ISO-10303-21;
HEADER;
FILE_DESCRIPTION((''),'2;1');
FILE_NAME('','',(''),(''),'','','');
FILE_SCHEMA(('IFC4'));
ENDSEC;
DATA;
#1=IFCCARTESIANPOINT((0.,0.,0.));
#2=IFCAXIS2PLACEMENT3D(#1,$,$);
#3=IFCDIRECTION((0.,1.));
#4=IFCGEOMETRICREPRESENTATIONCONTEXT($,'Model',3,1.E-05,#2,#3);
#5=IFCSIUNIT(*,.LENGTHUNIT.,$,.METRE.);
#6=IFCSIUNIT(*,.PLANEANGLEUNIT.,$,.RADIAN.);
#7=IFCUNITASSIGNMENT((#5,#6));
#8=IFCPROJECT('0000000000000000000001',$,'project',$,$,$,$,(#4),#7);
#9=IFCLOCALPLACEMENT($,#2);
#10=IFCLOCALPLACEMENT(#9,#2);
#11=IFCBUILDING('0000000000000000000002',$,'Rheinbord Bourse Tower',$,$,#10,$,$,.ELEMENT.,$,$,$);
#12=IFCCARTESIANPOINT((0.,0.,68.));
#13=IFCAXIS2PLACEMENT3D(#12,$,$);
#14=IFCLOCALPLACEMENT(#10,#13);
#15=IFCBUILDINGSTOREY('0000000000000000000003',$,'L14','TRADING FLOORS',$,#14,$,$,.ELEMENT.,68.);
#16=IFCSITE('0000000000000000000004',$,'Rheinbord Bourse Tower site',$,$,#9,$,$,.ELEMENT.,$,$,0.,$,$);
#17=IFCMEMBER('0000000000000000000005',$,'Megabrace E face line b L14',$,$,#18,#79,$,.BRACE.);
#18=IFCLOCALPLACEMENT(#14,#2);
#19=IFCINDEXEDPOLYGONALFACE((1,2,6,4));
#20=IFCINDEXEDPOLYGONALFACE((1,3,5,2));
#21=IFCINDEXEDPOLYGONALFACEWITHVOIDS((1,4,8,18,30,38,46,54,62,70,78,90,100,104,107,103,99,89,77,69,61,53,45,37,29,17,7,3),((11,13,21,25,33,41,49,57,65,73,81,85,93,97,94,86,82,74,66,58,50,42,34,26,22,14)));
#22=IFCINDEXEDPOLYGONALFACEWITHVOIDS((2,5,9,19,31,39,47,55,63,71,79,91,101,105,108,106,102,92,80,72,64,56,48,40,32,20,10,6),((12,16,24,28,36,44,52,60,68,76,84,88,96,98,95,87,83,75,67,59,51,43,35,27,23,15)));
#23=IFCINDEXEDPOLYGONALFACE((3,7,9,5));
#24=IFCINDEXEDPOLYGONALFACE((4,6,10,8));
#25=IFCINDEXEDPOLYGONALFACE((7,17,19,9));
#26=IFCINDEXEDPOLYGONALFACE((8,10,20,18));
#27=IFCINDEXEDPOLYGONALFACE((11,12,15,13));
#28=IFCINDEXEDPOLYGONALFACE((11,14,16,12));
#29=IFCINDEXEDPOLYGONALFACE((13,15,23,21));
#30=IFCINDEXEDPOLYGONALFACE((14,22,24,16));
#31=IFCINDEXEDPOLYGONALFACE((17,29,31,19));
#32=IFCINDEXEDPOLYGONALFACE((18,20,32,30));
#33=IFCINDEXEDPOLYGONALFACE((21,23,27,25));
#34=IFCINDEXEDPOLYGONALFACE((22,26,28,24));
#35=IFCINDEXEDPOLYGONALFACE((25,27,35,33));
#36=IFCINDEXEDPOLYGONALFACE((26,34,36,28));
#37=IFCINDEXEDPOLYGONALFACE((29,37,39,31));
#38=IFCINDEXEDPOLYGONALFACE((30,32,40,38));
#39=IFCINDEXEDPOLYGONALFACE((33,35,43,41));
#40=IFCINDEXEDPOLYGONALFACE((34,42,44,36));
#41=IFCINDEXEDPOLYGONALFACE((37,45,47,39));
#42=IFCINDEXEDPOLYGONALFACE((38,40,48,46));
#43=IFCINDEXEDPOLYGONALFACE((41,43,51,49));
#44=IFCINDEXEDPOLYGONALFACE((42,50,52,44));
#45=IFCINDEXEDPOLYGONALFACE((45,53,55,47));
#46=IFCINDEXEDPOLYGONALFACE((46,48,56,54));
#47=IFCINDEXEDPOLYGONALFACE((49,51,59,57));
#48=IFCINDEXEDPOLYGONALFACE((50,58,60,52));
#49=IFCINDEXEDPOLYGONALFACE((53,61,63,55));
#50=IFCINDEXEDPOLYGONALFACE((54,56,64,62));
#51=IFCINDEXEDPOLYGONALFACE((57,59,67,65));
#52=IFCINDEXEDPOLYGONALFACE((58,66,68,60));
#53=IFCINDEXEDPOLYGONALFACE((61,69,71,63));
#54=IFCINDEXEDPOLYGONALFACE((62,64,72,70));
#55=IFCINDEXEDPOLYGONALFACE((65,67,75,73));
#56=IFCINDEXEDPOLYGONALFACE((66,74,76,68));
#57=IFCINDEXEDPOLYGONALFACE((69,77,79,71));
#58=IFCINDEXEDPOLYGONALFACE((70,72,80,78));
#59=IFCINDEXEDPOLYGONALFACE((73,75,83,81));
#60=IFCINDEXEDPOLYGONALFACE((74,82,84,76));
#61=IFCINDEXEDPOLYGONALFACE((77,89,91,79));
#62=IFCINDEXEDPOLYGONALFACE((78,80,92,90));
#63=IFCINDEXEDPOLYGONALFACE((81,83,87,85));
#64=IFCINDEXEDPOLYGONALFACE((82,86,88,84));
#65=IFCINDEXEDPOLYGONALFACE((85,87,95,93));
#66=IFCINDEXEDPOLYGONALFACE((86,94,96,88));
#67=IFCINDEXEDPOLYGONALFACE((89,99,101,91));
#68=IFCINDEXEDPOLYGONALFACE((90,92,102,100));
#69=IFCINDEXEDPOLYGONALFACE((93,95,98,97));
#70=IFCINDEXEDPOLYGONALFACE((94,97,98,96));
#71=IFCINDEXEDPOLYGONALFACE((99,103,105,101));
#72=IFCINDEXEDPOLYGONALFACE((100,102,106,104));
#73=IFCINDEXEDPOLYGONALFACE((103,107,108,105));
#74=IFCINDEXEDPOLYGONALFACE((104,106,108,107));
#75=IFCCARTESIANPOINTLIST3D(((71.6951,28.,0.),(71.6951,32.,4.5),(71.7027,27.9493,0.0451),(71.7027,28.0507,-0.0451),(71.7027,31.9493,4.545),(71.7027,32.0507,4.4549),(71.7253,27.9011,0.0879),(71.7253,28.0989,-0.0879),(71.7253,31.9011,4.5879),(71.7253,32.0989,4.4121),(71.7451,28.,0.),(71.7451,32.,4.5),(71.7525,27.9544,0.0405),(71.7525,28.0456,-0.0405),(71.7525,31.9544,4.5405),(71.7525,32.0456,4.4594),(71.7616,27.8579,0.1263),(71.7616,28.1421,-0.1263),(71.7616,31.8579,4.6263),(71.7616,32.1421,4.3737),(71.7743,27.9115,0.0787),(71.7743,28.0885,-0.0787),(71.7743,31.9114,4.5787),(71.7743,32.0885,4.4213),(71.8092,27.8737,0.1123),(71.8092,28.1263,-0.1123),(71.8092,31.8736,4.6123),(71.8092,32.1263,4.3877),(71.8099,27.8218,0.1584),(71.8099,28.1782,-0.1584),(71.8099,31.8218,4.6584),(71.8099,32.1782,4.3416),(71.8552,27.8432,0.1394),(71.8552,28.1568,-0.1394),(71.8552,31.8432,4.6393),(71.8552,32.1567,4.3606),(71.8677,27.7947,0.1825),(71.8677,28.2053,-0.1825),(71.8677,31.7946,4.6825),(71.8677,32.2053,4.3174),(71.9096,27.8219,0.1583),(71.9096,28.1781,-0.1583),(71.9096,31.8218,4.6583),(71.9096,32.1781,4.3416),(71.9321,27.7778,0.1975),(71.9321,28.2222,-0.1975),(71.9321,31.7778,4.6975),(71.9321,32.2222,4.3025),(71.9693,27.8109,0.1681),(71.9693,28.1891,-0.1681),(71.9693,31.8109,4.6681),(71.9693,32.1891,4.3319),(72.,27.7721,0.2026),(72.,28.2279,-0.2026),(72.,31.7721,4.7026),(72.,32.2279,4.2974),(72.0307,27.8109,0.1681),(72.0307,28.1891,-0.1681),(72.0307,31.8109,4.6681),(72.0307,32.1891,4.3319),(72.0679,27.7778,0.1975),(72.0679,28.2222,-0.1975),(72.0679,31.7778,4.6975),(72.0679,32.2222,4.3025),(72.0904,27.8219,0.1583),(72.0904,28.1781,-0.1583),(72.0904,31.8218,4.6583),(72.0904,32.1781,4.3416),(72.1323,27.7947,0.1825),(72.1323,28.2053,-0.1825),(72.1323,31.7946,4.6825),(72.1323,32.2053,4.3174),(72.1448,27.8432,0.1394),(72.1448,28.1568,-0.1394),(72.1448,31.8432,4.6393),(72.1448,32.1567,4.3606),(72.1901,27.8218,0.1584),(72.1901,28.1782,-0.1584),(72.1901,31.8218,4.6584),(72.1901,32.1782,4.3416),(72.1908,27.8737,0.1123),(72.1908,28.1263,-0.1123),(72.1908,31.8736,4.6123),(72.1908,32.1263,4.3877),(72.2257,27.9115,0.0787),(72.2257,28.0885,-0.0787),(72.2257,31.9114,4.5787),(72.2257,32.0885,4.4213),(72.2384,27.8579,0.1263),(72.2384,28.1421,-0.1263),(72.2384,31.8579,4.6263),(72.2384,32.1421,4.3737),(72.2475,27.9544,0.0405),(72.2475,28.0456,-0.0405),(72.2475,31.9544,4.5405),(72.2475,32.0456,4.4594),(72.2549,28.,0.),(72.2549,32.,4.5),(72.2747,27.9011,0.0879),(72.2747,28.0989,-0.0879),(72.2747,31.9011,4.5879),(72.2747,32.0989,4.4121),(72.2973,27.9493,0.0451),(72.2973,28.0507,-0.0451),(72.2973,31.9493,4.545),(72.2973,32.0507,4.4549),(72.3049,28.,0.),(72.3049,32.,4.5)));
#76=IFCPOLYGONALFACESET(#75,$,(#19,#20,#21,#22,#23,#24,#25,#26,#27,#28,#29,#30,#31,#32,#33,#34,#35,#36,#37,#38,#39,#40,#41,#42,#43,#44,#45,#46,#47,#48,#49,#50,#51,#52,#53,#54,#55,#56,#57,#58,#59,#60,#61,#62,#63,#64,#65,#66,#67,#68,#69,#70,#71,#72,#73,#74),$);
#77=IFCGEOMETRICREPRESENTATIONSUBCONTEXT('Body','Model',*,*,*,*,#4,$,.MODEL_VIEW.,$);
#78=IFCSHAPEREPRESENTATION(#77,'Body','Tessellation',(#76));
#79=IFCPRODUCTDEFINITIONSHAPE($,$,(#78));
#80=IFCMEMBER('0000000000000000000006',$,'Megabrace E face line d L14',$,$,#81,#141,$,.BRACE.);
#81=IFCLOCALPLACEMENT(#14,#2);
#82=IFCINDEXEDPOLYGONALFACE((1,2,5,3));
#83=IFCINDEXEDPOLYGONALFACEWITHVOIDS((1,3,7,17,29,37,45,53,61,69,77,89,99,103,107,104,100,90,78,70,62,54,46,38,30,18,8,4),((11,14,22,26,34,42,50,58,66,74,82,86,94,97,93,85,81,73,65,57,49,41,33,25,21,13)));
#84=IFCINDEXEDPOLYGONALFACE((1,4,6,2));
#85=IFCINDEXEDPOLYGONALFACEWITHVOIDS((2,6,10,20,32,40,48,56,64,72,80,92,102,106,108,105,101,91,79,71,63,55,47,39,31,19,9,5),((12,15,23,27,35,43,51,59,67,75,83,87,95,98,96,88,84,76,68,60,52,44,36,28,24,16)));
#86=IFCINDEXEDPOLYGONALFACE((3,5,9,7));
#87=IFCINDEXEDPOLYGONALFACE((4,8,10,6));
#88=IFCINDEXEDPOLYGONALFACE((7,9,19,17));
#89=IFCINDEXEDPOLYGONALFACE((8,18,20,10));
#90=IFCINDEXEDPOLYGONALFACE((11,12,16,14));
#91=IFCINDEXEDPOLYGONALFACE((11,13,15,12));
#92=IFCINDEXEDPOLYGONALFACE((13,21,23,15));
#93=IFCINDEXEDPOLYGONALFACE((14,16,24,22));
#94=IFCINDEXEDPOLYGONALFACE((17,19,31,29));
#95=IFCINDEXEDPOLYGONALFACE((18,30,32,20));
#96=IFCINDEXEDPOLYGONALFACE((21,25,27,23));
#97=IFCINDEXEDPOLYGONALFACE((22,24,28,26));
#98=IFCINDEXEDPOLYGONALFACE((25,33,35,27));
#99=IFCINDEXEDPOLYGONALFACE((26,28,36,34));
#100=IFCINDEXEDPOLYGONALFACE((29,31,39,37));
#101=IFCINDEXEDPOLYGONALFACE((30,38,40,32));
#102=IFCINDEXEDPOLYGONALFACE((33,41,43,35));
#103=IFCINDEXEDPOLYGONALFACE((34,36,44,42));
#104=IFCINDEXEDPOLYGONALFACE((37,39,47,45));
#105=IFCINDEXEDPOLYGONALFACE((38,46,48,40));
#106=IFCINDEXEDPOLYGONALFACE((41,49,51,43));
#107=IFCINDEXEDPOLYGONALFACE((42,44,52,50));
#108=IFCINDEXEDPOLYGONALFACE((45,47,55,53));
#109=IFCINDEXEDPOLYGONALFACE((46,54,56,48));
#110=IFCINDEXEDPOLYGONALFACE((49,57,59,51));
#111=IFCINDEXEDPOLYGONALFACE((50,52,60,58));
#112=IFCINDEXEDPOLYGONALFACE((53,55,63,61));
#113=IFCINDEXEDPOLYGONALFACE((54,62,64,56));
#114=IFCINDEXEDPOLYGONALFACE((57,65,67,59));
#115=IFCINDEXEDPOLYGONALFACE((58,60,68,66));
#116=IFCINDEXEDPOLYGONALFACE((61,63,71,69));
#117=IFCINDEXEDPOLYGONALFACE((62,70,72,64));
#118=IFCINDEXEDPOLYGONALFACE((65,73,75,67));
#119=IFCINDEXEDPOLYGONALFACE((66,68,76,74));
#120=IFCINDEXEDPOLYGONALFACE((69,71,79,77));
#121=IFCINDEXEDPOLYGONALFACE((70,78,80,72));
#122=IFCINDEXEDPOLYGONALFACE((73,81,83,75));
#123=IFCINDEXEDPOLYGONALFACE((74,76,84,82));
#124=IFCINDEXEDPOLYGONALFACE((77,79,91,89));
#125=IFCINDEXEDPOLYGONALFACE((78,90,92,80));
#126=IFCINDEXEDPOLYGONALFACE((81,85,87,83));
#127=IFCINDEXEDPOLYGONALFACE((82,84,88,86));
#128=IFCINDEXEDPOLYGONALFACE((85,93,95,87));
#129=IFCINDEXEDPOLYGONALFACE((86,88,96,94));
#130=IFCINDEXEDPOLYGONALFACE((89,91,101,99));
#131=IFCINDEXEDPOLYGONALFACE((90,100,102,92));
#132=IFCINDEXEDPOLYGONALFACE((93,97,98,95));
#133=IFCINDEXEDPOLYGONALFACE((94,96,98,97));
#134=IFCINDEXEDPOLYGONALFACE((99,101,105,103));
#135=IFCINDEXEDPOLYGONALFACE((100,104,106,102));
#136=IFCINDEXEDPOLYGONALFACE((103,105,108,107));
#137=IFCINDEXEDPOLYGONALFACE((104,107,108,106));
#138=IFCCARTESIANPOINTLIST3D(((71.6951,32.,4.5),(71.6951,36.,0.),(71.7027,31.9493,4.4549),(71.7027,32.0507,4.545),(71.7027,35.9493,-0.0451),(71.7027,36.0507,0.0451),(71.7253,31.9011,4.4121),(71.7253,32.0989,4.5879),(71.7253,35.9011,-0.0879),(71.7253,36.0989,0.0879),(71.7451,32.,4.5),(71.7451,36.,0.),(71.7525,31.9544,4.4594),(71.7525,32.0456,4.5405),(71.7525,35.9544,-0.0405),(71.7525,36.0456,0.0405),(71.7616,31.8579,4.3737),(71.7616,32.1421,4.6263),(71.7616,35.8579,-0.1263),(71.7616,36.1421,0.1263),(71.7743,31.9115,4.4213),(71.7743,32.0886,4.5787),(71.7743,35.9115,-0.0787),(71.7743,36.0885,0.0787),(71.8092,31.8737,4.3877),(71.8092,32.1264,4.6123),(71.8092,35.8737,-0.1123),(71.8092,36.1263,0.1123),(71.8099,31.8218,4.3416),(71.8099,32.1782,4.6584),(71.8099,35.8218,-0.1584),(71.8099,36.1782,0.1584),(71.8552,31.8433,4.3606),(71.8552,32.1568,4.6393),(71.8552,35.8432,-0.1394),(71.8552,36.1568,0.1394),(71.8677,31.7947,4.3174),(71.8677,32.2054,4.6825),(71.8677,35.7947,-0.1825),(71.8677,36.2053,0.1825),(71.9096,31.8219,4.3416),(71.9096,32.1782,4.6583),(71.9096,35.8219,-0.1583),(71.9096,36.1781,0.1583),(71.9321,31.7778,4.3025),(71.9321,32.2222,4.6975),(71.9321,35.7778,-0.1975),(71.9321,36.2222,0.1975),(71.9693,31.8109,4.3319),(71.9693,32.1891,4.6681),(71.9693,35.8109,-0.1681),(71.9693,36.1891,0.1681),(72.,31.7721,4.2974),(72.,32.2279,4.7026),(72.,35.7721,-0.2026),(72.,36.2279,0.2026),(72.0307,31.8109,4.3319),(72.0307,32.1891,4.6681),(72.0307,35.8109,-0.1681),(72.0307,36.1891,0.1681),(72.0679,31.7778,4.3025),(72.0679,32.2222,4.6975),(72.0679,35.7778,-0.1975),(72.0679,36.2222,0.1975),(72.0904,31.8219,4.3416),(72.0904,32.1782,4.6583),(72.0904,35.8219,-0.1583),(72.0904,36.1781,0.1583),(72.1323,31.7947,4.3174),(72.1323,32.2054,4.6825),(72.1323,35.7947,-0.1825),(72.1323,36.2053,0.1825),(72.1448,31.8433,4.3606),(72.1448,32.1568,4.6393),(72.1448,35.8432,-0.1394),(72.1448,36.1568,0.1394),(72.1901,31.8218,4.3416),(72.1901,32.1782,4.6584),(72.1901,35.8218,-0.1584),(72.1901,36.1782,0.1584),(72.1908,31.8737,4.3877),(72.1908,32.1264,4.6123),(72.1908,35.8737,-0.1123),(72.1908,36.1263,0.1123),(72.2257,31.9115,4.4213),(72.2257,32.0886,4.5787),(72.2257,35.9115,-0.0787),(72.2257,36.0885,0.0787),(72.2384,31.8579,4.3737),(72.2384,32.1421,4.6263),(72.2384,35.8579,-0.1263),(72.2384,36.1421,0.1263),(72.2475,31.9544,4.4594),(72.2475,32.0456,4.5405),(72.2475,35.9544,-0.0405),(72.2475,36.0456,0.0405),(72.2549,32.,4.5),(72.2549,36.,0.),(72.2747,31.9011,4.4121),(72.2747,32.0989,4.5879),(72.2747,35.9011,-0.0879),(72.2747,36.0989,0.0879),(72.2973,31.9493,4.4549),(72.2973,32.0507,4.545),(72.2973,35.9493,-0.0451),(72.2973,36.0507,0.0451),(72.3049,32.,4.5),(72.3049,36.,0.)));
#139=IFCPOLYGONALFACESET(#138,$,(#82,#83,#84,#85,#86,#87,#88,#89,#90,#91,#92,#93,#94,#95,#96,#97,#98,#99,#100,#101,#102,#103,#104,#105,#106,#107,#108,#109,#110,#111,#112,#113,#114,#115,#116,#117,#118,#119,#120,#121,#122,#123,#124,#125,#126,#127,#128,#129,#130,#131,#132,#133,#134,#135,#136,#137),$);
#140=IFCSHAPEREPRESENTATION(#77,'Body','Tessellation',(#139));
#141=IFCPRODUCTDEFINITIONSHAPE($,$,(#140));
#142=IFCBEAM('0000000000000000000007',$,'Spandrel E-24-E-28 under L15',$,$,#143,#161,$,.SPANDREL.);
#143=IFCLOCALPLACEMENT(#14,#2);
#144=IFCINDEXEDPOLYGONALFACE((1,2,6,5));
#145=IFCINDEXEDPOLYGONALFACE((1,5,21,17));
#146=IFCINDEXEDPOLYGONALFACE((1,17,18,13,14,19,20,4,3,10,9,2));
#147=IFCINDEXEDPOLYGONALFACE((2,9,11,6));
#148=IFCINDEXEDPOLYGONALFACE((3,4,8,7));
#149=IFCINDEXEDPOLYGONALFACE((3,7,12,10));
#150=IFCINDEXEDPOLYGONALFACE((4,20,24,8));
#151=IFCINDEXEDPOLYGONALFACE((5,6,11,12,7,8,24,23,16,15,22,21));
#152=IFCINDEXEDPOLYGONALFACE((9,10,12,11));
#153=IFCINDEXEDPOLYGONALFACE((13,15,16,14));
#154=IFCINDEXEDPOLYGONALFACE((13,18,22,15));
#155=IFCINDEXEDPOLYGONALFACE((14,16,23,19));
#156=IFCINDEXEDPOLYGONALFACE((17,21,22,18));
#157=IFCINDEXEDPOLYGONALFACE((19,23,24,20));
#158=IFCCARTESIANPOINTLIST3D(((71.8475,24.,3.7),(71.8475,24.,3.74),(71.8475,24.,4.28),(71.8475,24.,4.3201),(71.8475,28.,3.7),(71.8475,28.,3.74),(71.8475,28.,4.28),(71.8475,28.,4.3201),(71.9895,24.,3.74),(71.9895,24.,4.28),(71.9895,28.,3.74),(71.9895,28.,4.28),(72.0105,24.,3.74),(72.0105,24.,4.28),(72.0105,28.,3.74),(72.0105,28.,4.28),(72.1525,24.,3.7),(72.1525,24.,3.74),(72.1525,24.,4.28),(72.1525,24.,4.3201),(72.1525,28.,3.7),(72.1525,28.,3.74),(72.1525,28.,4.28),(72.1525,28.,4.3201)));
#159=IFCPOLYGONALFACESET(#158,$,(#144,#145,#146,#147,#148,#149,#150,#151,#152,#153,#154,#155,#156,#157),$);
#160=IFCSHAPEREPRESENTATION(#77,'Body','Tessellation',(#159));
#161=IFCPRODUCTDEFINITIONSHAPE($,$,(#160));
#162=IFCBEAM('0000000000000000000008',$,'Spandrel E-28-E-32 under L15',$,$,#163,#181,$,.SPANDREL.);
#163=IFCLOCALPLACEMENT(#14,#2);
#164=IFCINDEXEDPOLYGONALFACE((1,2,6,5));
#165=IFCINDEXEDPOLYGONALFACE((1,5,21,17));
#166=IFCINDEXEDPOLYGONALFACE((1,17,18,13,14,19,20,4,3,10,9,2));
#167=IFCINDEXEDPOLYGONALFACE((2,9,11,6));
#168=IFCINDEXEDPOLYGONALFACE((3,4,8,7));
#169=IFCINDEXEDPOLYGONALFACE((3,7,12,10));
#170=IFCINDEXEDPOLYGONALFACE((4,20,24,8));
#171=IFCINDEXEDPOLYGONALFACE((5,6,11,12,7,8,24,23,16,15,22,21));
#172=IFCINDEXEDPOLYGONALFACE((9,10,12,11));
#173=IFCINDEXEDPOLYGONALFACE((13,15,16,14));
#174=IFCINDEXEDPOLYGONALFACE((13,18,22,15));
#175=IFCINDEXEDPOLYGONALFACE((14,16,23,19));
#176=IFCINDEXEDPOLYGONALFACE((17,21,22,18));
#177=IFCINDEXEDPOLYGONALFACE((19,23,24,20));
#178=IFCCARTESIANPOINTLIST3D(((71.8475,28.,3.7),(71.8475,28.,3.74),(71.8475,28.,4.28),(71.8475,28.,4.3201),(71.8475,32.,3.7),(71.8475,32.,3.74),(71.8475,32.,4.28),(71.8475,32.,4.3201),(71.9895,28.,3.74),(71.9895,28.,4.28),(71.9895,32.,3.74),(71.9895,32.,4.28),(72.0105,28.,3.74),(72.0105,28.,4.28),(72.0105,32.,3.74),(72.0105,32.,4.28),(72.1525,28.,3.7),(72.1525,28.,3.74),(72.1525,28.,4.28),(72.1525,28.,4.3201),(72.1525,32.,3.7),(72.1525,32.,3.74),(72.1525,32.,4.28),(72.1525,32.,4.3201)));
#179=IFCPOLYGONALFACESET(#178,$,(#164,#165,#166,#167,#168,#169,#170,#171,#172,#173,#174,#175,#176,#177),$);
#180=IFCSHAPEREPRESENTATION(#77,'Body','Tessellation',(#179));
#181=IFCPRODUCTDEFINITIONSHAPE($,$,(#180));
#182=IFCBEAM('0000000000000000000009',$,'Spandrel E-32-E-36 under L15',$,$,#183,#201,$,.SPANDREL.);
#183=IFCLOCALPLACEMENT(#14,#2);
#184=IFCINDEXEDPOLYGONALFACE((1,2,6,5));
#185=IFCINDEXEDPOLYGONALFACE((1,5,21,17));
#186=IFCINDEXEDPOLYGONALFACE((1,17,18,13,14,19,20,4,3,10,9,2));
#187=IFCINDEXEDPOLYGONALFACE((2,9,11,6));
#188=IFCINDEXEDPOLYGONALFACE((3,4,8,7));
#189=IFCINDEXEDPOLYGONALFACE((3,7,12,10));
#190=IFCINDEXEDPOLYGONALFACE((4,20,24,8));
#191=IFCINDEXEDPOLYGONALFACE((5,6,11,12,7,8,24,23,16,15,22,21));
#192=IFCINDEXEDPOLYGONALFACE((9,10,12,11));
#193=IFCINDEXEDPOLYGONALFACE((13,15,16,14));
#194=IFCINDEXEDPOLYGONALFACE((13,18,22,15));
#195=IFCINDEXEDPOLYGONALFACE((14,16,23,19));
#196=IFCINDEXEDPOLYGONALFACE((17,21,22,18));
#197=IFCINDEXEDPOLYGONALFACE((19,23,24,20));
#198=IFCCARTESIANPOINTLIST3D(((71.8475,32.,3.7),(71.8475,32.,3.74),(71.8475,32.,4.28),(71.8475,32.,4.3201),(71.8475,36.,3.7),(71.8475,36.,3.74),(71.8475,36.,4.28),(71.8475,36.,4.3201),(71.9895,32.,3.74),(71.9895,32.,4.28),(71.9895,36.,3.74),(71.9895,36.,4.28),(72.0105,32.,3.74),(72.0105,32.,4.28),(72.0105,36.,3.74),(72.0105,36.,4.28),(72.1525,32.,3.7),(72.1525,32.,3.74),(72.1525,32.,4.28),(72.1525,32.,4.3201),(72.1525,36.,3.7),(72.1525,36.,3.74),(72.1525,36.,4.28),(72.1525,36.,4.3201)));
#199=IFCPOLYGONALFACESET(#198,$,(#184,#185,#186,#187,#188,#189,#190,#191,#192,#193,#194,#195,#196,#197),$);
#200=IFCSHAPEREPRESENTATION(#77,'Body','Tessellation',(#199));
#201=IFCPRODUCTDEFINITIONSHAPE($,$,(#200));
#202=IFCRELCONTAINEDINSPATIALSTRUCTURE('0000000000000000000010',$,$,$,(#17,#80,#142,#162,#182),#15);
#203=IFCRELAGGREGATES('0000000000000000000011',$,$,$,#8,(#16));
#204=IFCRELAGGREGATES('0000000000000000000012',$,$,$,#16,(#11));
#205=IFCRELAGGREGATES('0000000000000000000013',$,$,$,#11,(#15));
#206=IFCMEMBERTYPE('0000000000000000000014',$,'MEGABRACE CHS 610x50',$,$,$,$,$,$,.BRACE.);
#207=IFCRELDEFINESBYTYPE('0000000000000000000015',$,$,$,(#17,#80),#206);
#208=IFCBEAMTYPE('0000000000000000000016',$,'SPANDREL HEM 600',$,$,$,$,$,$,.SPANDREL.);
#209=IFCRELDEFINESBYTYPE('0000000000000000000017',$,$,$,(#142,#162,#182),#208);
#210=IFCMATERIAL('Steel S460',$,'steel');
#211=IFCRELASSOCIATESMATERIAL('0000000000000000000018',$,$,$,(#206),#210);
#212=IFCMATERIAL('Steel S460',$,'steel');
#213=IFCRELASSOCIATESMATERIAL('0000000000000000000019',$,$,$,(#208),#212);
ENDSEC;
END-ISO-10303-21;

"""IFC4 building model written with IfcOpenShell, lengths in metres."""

from ifc_helpers import new_model, si_unit, direction, frame, origin, origin_2d, place, context, subcontext, project, spatial, hollow_circle, i_section, extrude, material, material_profile, profile_set, type_object, element, save


model = new_model("IFC4")

# Units and contexts
model_context = context("Model", 3, precision=1e-05, world=origin(), true_north=direction((0.0, 1.0)))
body_context = subcontext(model_context, "Body", "Model", "MODEL_VIEW")
ifc_project = project(units=[si_unit("LENGTHUNIT", "METRE"), si_unit("PLANEANGLEUNIT", "RADIAN")], contexts=[model_context])

# Site, building, storey
site_placement = place(None, origin())
site = spatial("IfcSite", under=ifc_project, at=site_placement, Name="Rheinbord Bourse Tower site", CompositionType="ELEMENT", RefElevation=0.0)
building_placement = place(site_placement, origin())
building = spatial("IfcBuilding", under=site, at=building_placement, Name="Rheinbord Bourse Tower", CompositionType="ELEMENT")
storey_placement = place(building_placement, frame((0.0, 0.0, 68.0)))
storey = spatial("IfcBuildingStorey", under=building, at=storey_placement, Name="L14", Description="TRADING FLOORS", CompositionType="ELEMENT", Elevation=68.0)

# Members
ifc_material_1 = material(Name="Steel S460", Category="steel")
ifc_material_profile_1 = material_profile(ifc_material_1, hollow_circle(Radius=0.3049, WallThickness=0.05, at=origin_2d()), Name="CHS 610x50")
ifc_profile_set_1 = profile_set([ifc_material_profile_1], Name="Steel S460")
member_type_1 = type_object("IfcMemberType", Name="MEGABRACE CHS 610x50", PredefinedType="BRACE", material=ifc_profile_set_1)
for number, where, z_axis, x_axis, name in (
    (1, (72.0, 28.0, 0.0), (0.0, 0.664364, 0.747409), (-1.0, 0.0, 0.0), "Megabrace E face line b L14"),
    (2, (72.0, 36.0, 0.0), (0.0, -0.664364, 0.747409), (1.0, 0.0, 0.0), "Megabrace E face line d L14"),
):
    element("IfcMember", number, at=place(storey_placement, frame(where, z_axis=z_axis, x_axis=x_axis)), inside=storey, type_object=member_type_1, Name=name, PredefinedType="BRACE", context=body_context, shape_type="SweptSolid", body=[
        extrude(hollow_circle(Radius=0.3049, WallThickness=0.05, at=origin_2d()), origin(), (0.0, 0.0, 1.0), 6.0208),
    ])

# Beams
ifc_material_2 = material(Name="Steel S460", Category="steel")
ifc_material_profile_2 = material_profile(ifc_material_2, i_section(OverallWidth=0.3049, OverallDepth=0.6201, WebThickness=0.021, FlangeThickness=0.04, at=origin_2d()), Name="HEM 600")
ifc_profile_set_2 = profile_set([ifc_material_profile_2], Name="Steel S460")
beam_type_1 = type_object("IfcBeamType", Name="SPANDREL HEM 600", PredefinedType="SPANDREL", material=ifc_profile_set_2)
for number, where, z_axis, x_axis, name in (
    (3, (72.0, 24.0, 4.01), (0.0, 1.0, 0.0), (-1.0, 0.0, 0.0), "Spandrel E-24-E-28 under L15"),
    (4, (72.0, 28.0, 4.01), (0.0, 1.0, 0.0), (-1.0, 0.0, 0.0), "Spandrel E-28-E-32 under L15"),
    (5, (72.0, 32.0, 4.01), (0.0, 1.0, 0.0), (-1.0, 0.0, 0.0), "Spandrel E-32-E-36 under L15"),
):
    element("IfcBeam", number, at=place(storey_placement, frame(where, z_axis=z_axis, x_axis=x_axis)), inside=storey, type_object=beam_type_1, Name=name, PredefinedType="SPANDREL", context=body_context, shape_type="SweptSolid", body=[
        extrude(i_section(OverallWidth=0.3049, OverallDepth=0.6201, WebThickness=0.021, FlangeThickness=0.04, at=origin_2d()), origin(), (0.0, 0.0, 1.0), 4.0),
    ])

save(model, "model.ifc")
